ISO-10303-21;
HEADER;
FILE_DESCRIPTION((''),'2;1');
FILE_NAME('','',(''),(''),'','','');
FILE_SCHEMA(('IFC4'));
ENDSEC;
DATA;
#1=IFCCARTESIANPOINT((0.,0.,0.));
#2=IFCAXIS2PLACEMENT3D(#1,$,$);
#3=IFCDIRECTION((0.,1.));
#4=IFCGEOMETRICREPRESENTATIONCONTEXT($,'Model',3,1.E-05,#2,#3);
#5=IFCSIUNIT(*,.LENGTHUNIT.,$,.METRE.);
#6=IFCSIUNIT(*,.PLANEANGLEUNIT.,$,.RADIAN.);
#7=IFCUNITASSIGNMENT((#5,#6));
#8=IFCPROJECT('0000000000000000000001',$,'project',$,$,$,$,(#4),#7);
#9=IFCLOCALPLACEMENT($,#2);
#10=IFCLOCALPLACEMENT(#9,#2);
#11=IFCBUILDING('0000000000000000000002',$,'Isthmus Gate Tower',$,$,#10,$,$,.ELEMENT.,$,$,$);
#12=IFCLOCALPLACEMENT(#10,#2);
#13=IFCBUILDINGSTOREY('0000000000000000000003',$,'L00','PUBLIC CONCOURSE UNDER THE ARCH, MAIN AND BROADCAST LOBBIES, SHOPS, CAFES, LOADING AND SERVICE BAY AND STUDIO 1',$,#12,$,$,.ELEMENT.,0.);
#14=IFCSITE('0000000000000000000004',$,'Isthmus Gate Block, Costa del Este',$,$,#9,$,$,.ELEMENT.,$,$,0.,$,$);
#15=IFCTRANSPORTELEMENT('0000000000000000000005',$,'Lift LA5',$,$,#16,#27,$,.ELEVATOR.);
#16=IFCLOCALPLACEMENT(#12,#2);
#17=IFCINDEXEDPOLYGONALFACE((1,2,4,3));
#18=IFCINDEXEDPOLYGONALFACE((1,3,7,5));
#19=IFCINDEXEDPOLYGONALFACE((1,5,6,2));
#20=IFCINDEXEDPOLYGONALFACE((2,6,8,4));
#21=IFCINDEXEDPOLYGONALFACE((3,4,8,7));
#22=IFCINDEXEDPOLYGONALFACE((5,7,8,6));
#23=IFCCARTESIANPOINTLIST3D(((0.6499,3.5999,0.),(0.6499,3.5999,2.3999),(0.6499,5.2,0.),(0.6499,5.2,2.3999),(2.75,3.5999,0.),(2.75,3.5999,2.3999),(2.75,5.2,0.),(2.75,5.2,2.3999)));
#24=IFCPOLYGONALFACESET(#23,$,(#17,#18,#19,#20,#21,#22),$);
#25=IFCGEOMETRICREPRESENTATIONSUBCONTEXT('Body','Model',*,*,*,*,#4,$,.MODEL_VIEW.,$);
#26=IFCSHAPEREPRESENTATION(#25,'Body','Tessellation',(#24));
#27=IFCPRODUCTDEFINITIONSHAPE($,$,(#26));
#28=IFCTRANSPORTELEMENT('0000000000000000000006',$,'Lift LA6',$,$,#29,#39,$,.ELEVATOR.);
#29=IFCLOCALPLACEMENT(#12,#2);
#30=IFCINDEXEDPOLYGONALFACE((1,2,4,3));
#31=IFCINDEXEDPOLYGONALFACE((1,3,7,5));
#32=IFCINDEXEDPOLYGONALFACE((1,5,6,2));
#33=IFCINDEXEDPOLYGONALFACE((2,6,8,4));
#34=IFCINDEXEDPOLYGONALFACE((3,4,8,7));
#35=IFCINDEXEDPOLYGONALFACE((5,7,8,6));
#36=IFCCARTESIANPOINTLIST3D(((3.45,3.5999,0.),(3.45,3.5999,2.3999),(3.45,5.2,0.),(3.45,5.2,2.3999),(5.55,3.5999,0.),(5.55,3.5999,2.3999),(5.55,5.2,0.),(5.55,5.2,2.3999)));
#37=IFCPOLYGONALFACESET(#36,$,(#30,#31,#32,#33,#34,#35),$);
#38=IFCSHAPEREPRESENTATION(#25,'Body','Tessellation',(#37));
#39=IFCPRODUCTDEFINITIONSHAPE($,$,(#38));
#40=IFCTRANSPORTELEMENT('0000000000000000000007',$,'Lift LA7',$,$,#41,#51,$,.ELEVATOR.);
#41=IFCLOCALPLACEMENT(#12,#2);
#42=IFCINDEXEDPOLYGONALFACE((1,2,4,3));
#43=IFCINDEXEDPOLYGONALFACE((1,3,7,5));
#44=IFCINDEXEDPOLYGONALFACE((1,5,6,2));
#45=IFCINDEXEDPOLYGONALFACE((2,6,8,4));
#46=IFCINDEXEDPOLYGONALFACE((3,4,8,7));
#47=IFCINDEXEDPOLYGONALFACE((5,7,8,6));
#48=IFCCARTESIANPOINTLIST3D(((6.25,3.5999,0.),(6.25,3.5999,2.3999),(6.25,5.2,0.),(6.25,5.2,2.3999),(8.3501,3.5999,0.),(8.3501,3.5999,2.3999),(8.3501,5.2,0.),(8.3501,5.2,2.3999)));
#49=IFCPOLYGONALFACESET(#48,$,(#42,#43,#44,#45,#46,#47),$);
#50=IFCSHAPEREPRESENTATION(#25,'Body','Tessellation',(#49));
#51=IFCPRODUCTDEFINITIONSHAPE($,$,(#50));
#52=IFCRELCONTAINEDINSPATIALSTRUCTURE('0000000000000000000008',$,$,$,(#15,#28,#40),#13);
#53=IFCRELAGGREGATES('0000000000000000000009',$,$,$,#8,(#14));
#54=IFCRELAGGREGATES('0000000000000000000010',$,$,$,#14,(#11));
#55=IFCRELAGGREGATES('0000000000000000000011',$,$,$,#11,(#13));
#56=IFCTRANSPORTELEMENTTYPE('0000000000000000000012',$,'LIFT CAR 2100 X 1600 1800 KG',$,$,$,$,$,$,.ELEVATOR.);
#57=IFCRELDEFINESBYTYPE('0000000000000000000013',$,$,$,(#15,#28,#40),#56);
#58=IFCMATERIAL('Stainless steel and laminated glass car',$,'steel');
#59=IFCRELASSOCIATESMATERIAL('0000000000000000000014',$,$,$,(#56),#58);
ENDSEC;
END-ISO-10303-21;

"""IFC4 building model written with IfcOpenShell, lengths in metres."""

from ifc_helpers import new_model, si_unit, direction, frame, origin, origin_2d, place, context, subcontext, project, spatial, rectangle, extrude, material, type_object, element, save


model = new_model("IFC4")

# Units and contexts
model_context = context("Model", 3, precision=1e-05, world=origin(), true_north=direction((0.0, 1.0)))
body_context = subcontext(model_context, "Body", "Model", "MODEL_VIEW")
ifc_project = project(units=[si_unit("LENGTHUNIT", "METRE"), si_unit("PLANEANGLEUNIT", "RADIAN")], contexts=[model_context])

# Site, building, storey
site_placement = place(None, origin())
site = spatial("IfcSite", under=ifc_project, at=site_placement, Name="Isthmus Gate Block, Costa del Este", CompositionType="ELEMENT", RefElevation=0.0)
building_placement = place(site_placement, origin())
building = spatial("IfcBuilding", under=site, at=building_placement, Name="Isthmus Gate Tower", CompositionType="ELEMENT")
storey_placement = place(building_placement, origin())
storey = spatial("IfcBuildingStorey", under=building, at=storey_placement, Name="L00", Description="PUBLIC CONCOURSE UNDER THE ARCH, MAIN AND BROADCAST LOBBIES, SHOPS, CAFES, LOADING AND SERVICE BAY AND STUDIO 1", CompositionType="ELEMENT", Elevation=0.0)

# Transport elements
ifc_material_1 = material(Name="Stainless steel and laminated glass car", Category="steel")
transport_element_type_1 = type_object("IfcTransportElementType", Name="LIFT CAR 2100 X 1600 1800 KG", PredefinedType="ELEVATOR", material=ifc_material_1)
for number, where, z_axis, x_axis, name in (
    (1, (1.7, 4.3999, 0.0), (0.0, 0.0, 1.0), (1.0, 0.0, 0.0), "Lift LA5"),
    (2, (4.5, 4.3999, 0.0), (0.0, 0.0, 1.0), (1.0, 0.0, 0.0), "Lift LA6"),
    (3, (7.3, 4.3999, 0.0), (0.0, 0.0, 1.0), (1.0, 0.0, 0.0), "Lift LA7"),
):
    element("IfcTransportElement", number, at=place(storey_placement, frame(where, z_axis=z_axis, x_axis=x_axis)), inside=storey, type_object=transport_element_type_1, Name=name, PredefinedType="ELEVATOR", context=body_context, shape_type="SweptSolid", body=[
        extrude(rectangle(XDim=2.1001, YDim=1.6001, at=origin_2d()), origin(), (0.0, 0.0, 1.0), 2.3999),
    ])

save(model, "model.ifc")
